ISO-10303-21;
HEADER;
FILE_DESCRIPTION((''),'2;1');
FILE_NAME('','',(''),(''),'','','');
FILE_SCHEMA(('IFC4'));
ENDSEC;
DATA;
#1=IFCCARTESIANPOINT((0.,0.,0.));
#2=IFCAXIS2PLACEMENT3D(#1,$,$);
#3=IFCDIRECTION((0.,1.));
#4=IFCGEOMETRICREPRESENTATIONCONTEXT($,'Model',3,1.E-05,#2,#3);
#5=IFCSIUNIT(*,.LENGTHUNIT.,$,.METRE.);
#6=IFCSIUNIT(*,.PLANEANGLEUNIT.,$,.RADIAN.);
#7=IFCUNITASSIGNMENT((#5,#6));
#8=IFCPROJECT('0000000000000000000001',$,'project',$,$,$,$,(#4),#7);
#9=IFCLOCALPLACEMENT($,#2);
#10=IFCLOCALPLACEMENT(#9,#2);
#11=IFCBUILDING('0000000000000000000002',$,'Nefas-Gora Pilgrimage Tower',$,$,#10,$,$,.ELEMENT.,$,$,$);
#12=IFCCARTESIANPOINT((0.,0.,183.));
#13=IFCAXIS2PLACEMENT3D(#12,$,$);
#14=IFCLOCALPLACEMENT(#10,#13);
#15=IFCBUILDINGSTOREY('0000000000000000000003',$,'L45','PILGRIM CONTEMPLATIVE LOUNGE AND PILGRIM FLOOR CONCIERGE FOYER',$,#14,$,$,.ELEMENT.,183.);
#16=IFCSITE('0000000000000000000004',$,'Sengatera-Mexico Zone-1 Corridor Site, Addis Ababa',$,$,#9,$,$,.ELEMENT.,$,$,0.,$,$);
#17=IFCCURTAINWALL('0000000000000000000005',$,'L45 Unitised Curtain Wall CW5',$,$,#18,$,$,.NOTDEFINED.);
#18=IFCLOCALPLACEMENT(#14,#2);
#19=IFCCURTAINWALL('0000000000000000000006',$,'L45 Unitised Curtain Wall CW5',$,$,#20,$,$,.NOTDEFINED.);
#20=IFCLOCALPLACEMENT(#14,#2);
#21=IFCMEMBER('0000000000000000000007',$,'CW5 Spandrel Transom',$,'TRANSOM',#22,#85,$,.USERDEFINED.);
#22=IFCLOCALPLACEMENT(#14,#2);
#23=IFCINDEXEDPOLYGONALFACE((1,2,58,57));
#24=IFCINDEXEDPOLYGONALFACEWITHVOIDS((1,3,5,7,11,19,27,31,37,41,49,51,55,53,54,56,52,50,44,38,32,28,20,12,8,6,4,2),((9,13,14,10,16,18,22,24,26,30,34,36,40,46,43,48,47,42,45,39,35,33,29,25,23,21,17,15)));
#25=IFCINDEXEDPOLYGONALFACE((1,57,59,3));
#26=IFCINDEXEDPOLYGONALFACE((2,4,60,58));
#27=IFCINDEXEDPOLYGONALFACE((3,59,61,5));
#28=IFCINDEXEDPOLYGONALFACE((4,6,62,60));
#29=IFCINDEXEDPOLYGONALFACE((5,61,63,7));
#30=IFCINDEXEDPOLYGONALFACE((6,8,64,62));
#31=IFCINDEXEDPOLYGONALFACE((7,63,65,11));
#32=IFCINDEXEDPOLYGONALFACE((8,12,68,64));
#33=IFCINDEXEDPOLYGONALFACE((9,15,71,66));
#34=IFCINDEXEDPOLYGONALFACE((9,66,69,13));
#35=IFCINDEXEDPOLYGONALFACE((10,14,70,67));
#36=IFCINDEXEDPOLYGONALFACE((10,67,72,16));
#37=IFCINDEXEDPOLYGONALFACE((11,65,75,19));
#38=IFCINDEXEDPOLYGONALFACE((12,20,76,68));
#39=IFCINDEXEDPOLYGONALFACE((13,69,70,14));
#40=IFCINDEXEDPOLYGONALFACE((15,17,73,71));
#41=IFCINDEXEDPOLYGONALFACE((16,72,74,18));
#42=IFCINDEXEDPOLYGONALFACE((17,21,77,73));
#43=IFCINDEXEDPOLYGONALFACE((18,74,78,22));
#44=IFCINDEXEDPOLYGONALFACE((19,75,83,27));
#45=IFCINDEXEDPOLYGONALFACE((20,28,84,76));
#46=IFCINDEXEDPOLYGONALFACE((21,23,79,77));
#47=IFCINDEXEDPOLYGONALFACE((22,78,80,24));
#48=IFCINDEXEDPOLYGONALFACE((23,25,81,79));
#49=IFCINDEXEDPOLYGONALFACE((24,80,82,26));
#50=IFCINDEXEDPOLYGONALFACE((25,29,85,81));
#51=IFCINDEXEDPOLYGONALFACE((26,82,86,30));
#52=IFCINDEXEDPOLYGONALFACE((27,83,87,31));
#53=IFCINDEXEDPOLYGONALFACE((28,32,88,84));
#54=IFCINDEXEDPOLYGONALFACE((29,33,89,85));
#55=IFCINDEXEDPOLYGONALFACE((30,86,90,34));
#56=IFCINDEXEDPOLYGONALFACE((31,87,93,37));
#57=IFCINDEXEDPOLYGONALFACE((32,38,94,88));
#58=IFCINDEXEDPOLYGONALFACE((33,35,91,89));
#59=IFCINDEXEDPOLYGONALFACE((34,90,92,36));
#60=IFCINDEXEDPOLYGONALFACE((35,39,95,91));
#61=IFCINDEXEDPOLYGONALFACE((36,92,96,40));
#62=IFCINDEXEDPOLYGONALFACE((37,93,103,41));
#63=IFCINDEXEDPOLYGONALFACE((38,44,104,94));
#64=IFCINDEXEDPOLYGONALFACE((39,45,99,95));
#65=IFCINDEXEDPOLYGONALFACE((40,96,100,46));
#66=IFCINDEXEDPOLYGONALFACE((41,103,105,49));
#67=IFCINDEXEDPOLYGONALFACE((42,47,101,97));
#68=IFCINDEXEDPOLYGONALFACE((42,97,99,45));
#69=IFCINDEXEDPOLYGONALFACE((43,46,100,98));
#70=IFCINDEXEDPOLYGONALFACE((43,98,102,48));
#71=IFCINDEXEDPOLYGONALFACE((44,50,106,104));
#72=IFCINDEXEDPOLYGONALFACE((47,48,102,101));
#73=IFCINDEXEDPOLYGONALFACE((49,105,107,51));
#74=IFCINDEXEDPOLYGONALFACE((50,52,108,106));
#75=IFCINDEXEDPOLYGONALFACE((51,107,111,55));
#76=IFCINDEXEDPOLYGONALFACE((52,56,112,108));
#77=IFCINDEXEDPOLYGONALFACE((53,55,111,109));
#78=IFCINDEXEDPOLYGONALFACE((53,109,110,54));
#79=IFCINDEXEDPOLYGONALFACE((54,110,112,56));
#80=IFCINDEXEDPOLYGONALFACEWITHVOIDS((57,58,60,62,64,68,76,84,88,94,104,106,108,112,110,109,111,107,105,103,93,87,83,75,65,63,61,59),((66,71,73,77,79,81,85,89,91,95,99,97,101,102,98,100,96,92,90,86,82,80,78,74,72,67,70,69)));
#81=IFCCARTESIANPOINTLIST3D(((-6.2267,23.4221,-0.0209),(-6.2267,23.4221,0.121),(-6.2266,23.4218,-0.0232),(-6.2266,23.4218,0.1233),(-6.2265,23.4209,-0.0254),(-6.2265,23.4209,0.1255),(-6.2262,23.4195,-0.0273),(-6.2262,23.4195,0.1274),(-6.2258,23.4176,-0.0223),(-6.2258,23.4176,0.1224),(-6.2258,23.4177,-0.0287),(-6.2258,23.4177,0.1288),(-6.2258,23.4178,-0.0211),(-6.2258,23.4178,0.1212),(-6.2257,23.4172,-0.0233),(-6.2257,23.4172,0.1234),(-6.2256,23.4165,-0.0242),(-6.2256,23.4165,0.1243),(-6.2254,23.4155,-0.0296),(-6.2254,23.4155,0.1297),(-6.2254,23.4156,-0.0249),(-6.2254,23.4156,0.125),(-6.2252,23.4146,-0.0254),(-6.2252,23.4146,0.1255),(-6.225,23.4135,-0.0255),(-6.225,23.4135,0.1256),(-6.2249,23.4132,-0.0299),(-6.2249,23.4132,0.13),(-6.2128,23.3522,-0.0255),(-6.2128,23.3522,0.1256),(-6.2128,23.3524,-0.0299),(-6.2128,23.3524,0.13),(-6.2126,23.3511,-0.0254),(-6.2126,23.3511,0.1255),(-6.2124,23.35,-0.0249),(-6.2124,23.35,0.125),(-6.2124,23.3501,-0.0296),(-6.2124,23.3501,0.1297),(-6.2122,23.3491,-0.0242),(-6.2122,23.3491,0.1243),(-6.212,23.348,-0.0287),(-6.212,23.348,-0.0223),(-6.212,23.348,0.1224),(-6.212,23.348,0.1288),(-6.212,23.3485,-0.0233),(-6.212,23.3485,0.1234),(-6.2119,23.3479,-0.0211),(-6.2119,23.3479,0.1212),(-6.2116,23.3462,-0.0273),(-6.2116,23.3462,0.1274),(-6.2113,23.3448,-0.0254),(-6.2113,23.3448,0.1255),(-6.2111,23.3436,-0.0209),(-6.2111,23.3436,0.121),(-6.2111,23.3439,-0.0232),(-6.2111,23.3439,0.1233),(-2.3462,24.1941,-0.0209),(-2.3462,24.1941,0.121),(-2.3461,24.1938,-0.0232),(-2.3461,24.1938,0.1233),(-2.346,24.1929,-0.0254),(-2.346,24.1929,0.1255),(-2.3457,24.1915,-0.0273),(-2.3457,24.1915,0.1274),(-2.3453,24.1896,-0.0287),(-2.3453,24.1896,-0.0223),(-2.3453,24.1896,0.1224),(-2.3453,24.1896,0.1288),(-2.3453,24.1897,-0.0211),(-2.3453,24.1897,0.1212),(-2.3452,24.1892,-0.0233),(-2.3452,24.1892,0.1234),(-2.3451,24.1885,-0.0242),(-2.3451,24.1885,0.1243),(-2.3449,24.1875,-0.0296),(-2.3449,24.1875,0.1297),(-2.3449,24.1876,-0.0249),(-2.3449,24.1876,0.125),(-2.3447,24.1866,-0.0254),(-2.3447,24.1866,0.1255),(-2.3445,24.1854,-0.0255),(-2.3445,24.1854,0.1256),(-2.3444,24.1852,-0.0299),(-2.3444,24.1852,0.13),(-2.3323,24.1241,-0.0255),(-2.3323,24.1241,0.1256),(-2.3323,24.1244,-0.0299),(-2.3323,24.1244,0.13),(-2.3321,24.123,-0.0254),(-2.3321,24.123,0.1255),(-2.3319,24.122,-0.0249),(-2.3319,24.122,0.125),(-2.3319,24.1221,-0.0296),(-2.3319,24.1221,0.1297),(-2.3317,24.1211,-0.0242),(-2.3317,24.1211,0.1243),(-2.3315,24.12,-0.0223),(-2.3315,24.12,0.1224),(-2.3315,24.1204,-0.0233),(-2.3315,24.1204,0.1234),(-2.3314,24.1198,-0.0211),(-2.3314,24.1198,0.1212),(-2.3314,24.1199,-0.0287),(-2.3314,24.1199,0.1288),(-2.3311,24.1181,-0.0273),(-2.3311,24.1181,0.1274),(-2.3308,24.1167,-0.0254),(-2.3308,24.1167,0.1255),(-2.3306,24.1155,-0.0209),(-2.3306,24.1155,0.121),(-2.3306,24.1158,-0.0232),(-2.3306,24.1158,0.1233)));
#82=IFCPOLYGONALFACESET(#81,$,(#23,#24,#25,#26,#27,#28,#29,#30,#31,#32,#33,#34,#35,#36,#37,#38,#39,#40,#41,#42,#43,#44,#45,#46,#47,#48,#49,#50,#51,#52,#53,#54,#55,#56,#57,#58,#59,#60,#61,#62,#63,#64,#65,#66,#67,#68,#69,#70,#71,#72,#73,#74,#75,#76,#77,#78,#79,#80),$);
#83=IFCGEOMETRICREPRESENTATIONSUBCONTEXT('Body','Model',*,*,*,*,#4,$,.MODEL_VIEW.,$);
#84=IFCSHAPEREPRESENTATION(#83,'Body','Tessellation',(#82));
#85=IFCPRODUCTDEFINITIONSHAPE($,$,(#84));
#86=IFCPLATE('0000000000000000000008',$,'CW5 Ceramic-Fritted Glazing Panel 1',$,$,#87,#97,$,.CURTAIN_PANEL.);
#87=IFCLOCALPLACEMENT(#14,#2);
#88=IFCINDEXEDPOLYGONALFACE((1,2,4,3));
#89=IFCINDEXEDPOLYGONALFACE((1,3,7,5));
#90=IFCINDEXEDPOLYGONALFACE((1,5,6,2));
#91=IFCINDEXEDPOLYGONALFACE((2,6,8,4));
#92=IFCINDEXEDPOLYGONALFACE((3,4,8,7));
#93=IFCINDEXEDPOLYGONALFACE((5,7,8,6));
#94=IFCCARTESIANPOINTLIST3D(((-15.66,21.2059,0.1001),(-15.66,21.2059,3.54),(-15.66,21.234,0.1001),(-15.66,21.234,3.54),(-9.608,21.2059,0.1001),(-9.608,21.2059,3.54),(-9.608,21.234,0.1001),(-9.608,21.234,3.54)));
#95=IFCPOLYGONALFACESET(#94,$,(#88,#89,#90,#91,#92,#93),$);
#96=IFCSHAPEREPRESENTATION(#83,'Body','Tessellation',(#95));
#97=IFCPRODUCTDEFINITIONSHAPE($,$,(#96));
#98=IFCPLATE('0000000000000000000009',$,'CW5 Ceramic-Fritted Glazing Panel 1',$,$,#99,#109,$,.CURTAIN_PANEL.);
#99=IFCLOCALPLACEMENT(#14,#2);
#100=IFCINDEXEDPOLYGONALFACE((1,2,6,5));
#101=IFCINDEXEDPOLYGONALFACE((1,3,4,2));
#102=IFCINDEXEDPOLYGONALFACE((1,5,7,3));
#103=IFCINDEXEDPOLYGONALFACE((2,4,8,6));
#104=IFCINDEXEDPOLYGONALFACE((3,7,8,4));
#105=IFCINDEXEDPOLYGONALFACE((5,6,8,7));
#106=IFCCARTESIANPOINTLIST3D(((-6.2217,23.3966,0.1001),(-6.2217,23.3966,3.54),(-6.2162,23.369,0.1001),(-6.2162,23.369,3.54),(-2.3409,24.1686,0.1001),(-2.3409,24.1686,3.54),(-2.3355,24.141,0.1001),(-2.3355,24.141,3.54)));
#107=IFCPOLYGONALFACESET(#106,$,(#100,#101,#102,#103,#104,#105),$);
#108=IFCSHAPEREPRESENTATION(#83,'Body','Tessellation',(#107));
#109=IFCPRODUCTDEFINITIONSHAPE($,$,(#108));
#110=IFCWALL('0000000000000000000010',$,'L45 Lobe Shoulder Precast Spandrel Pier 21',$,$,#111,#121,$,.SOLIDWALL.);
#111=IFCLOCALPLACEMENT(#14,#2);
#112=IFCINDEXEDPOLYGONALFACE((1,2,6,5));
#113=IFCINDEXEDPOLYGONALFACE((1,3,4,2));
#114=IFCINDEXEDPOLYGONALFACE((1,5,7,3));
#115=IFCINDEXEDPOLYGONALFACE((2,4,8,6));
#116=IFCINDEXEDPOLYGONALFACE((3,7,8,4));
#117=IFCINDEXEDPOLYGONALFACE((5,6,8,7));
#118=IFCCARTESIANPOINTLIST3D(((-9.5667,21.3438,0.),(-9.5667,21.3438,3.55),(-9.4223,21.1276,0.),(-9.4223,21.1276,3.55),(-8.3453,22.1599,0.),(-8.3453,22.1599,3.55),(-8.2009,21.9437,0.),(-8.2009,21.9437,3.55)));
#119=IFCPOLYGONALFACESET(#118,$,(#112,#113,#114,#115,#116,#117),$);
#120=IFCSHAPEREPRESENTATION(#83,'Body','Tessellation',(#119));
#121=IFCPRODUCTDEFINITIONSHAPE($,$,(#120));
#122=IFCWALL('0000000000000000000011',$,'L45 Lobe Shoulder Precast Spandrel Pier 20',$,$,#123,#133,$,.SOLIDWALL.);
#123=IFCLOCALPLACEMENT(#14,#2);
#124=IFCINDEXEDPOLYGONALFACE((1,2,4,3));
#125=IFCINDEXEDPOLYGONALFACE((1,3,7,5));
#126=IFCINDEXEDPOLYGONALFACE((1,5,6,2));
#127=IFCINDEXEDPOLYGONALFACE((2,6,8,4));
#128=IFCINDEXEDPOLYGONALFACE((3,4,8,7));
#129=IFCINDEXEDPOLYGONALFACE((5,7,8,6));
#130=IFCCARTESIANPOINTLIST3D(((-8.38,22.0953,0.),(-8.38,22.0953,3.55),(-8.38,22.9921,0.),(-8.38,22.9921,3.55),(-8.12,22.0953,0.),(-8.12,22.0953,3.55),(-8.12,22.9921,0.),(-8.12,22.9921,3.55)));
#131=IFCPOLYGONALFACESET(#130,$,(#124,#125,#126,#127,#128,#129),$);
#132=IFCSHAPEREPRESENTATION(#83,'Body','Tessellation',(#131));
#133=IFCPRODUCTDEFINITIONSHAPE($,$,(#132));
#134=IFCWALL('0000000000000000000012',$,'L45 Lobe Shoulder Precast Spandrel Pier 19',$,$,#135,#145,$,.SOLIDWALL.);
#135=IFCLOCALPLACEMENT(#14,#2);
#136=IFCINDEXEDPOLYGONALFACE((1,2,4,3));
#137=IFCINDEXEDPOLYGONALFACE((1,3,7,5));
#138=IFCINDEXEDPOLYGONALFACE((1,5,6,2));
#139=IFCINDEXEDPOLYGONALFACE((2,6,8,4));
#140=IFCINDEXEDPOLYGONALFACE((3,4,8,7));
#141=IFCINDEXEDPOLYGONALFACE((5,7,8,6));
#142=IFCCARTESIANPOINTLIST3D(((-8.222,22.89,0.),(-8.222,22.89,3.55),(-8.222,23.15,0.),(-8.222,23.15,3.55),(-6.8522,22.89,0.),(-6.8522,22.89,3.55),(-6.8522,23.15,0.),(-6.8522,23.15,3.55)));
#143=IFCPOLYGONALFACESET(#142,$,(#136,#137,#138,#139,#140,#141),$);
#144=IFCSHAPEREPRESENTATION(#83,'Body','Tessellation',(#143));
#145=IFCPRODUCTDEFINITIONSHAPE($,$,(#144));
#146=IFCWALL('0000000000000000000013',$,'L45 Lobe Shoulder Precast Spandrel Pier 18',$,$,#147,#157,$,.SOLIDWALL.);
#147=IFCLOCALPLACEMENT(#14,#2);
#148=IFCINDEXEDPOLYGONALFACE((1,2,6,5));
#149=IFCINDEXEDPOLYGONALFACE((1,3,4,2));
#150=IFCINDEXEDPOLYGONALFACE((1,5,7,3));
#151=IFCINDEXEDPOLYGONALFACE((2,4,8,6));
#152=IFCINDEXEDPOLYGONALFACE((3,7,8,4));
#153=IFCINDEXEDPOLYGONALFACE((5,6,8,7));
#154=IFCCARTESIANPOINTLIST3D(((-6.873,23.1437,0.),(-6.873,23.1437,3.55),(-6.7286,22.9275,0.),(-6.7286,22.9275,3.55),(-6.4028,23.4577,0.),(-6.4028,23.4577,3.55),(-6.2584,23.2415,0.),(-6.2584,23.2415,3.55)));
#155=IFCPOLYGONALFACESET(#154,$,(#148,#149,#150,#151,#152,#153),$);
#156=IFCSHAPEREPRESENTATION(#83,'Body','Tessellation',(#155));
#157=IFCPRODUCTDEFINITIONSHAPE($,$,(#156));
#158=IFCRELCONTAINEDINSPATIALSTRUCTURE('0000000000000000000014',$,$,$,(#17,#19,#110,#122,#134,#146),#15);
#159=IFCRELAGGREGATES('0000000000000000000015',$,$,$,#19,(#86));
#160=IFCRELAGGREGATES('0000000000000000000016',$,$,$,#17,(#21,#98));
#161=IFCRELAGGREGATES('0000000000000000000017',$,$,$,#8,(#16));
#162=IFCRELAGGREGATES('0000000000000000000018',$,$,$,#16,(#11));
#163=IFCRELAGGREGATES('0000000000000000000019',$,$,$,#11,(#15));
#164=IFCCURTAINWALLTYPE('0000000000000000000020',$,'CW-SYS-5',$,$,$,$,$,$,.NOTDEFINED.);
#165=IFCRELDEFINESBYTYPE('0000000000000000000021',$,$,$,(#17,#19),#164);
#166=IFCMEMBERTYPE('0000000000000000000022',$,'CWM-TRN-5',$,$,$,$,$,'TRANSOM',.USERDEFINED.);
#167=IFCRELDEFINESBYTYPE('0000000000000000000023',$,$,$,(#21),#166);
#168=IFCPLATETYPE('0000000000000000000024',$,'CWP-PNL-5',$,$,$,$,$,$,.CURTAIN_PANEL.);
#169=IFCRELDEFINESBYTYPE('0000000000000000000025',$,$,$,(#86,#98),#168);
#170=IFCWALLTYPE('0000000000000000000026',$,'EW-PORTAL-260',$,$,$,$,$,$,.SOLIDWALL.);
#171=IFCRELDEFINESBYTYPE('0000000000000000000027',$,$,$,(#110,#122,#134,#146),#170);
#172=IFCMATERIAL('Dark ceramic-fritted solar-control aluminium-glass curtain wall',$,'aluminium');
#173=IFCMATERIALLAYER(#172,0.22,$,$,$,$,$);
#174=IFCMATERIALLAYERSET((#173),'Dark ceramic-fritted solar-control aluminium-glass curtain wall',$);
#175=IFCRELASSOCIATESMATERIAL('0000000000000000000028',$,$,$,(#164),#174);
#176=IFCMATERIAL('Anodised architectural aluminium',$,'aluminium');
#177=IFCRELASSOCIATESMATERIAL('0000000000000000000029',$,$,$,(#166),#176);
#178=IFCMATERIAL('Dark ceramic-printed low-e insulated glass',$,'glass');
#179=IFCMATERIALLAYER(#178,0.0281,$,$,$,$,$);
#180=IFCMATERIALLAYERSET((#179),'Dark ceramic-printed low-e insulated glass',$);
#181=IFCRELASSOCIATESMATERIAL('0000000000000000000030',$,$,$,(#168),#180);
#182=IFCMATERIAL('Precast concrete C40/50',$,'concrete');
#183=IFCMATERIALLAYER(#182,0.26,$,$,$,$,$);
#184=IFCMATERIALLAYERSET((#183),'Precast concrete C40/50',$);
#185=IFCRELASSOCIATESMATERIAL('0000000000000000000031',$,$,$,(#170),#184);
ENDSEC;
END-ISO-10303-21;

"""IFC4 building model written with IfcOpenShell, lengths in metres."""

from ifc_helpers import new_model, si_unit, direction, frame, frame_2d, origin, origin_2d, place, context, subcontext, project, spatial, rectangle, hollow_rectangle, extrude, source, transform, mapped, material, layer, layer_set, material_profile, profile_set, type_object, element, aggregate, save


model = new_model("IFC4")

# Units and contexts
model_context = context("Model", 3, precision=1e-05, world=origin(), true_north=direction((0.0, 1.0)))
body_context = subcontext(model_context, "Body", "Model", "MODEL_VIEW")
ifc_project = project(units=[si_unit("LENGTHUNIT", "METRE"), si_unit("PLANEANGLEUNIT", "RADIAN")], contexts=[model_context])

# Site, building, storey
site_placement = place(None, origin())
site = spatial("IfcSite", under=ifc_project, at=site_placement, Name="Sengatera-Mexico Zone-1 Corridor Site, Addis Ababa", CompositionType="ELEMENT", RefElevation=0.0)
building_placement = place(site_placement, origin())
building = spatial("IfcBuilding", under=site, at=building_placement, Name="Nefas-Gora Pilgrimage Tower", CompositionType="ELEMENT")
storey_placement = place(building_placement, frame((0.0, 0.0, 183.0)))
storey = spatial("IfcBuildingStorey", under=building, at=storey_placement, Name="L45", Description="PILGRIM CONTEMPLATIVE LOUNGE AND PILGRIM FLOOR CONCIERGE FOYER", CompositionType="ELEMENT", Elevation=183.0)

# Shared definitions
ifc_material_1 = material(Name="Dark ceramic-fritted solar-control aluminium-glass curtain wall", Category="aluminium")
ifc_layer_1 = layer(ifc_material_1, 0.22)
ifc_layer_set_1 = layer_set([ifc_layer_1], Name="Dark ceramic-fritted solar-control aluminium-glass curtain wall")
curtain_wall_type = type_object("IfcCurtainWallType", Name="CW-SYS-5", PredefinedType="NOTDEFINED", material=ifc_layer_set_1)
ifc_material_2 = material(Name="Anodised architectural aluminium", Category="aluminium")

# Curtain walls
curtain_wall_1_placement = place(storey_placement, origin())
curtain_wall_1 = element("IfcCurtainWall", 1, at=curtain_wall_1_placement, inside=storey, type_object=curtain_wall_type, Name="L45 Unitised Curtain Wall CW5", PredefinedType="NOTDEFINED")
curtain_wall_2_placement = place(storey_placement, origin())
curtain_wall_2 = element("IfcCurtainWall", 2, at=curtain_wall_2_placement, inside=storey, type_object=curtain_wall_type, Name="L45 Unitised Curtain Wall CW5", PredefinedType="NOTDEFINED")
ifc_material_profile_1 = material_profile(ifc_material_2, hollow_rectangle(XDim=0.0801, YDim=0.1599, WallThickness=0.0044, InnerFilletRadius=0.0044, OuterFilletRadius=0.009, at=origin_2d()), Name="ALU TRANSOM 80x160")
ifc_profile_set_1 = profile_set([ifc_material_profile_1], Name="Anodised architectural aluminium")
member_type_1 = type_object("IfcMemberType", Name="CWM-TRN-5", ElementType="TRANSOM", PredefinedType="USERDEFINED", material=ifc_profile_set_1)

# Member
shared_shape_1 = source(origin(), body_context, "Body", "SweptSolid", [
    extrude(hollow_rectangle(XDim=0.0801, YDim=0.1599, WallThickness=0.0044, InnerFilletRadius=0.0044, OuterFilletRadius=0.009, at=origin_2d()), origin(), (0.0, 0.0, 1.0), 3.9565),
])
member_1_placement = place(storey_placement, frame((-2.3384, 24.1548, 0.05), z_axis=(-0.980782, -0.195107, 0.0), x_axis=(0.195107, -0.980782, 0.0)))
member_1 = element("IfcMember", 3, at=member_1_placement, type_object=member_type_1, Name="CW5 Spandrel Transom", ObjectType="TRANSOM", PredefinedType="USERDEFINED", context=body_context, shape_type="MappedRepresentation", body=[
    mapped(shared_shape_1, transform((0.0, 0.0, 0.0), x_axis=(1.0, 0.0, 0.0), y_axis=(0.0, 1.0, 0.0), z_axis=(0.0, 0.0, 1.0), scale=1.0)),
])

# Plates
ifc_material_3 = material(Name="Dark ceramic-printed low-e insulated glass", Category="glass")
ifc_layer_2 = layer(ifc_material_3, 0.0281)
ifc_layer_set_2 = layer_set([ifc_layer_2], Name="Dark ceramic-printed low-e insulated glass")
plate_type = type_object("IfcPlateType", Name="CWP-PNL-5", PredefinedType="CURTAIN_PANEL", material=ifc_layer_set_2)
shared_shape_2 = source(origin(), body_context, "Body", "SweptSolid", [
    extrude(rectangle(XDim=6.052, YDim=0.0281, at=origin_2d()), origin(), (0.0, 0.0, 1.0), 3.4399),
])
plate_1_placement = place(storey_placement, frame((-12.634, 21.22, 0.1001), z_axis=(0.0, 0.0, 1.0), x_axis=(-1.0, 0.0, 0.0)))
plate_1 = element("IfcPlate", 4, at=plate_1_placement, type_object=plate_type, Name="CW5 Ceramic-Fritted Glazing Panel 1", PredefinedType="CURTAIN_PANEL", context=body_context, shape_type="MappedRepresentation", body=[
    mapped(shared_shape_2, transform((0.0, 0.0, 0.0), x_axis=(1.0, 0.0, 0.0), y_axis=(0.0, 1.0, 0.0), z_axis=(0.0, 0.0, 1.0), scale=1.0)),
])
aggregate(curtain_wall_2, [plate_1])
shared_shape_3 = source(origin(), body_context, "Body", "SweptSolid", [
    extrude(rectangle(XDim=3.9568, YDim=0.0281, at=origin_2d()), origin(), (0.0, 0.0, 1.0), 3.4399),
])
plate_2_placement = place(storey_placement, frame((-4.2786, 23.7688, 0.1001), z_axis=(0.0, 0.0, 1.0), x_axis=(-0.980783, -0.195102, 0.0)))
plate_2 = element("IfcPlate", 5, at=plate_2_placement, type_object=plate_type, Name="CW5 Ceramic-Fritted Glazing Panel 1", PredefinedType="CURTAIN_PANEL", context=body_context, shape_type="MappedRepresentation", body=[
    mapped(shared_shape_3, transform((0.0, 0.0, 0.0), x_axis=(1.0, 0.0, 0.0), y_axis=(0.0, 1.0, 0.0), z_axis=(0.0, 0.0, 1.0), scale=1.0)),
])
aggregate(curtain_wall_1, [member_1, plate_2])

# Walls
ifc_material_4 = material(Name="Precast concrete C40/50", Category="concrete")
ifc_layer_3 = layer(ifc_material_4, 0.26)
ifc_layer_set_3 = layer_set([ifc_layer_3], Name="Precast concrete C40/50")
wall_type_1 = type_object("IfcWallType", Name="EW-PORTAL-260", PredefinedType="SOLIDWALL", material=ifc_layer_set_3)
shared_shape_4 = source(origin(), body_context, "Body", "SweptSolid", [
    extrude(rectangle(XDim=1.469, YDim=0.26, at=frame_2d((0.7344, 0.0))), origin(), (0.0, 0.0, 1.0), 3.55),
])
wall_1_placement = place(storey_placement, frame((-8.2732, 22.0518, 0.0), z_axis=(0.0, 0.0, 1.0), x_axis=(-0.831462, -0.555582, 0.0)))
element("IfcWall", 6, at=wall_1_placement, inside=storey, type_object=wall_type_1, Name="L45 Lobe Shoulder Precast Spandrel Pier 21", PredefinedType="SOLIDWALL", context=body_context, shape_type="MappedRepresentation", body=[
    mapped(shared_shape_4, transform((0.0, 0.0, 0.0), x_axis=(1.0, 0.0, 0.0), y_axis=(0.0, 1.0, 0.0), z_axis=(0.0, 0.0, 1.0), scale=1.0)),
])
shared_shape_5 = source(origin(), body_context, "Body", "SweptSolid", [
    extrude(rectangle(XDim=0.8967, YDim=0.26, at=frame_2d((0.4482, 0.0))), origin(), (0.0, 0.0, 1.0), 3.55),
])
wall_2_placement = place(storey_placement, frame((-8.25, 22.9919, 0.0), z_axis=(0.0, 0.0, 1.0), x_axis=(0.0, -1.0, 0.0)))
element("IfcWall", 7, at=wall_2_placement, inside=storey, type_object=wall_type_1, Name="L45 Lobe Shoulder Precast Spandrel Pier 20", PredefinedType="SOLIDWALL", context=body_context, shape_type="MappedRepresentation", body=[
    mapped(shared_shape_5, transform((0.0, 0.0, 0.0), x_axis=(1.0, 0.0, 0.0), y_axis=(0.0, 1.0, 0.0), z_axis=(0.0, 0.0, 1.0), scale=1.0)),
])
shared_shape_6 = source(origin(), body_context, "Body", "SweptSolid", [
    extrude(rectangle(XDim=1.3699, YDim=0.26, at=frame_2d((0.6851, 0.0))), origin(), (0.0, 0.0, 1.0), 3.55),
])
wall_3_placement = place(storey_placement, frame((-6.8521, 23.02, 0.0), z_axis=(0.0, 0.0, 1.0), x_axis=(-1.0, 0.0, 0.0)))
element("IfcWall", 8, at=wall_3_placement, inside=storey, type_object=wall_type_1, Name="L45 Lobe Shoulder Precast Spandrel Pier 19", PredefinedType="SOLIDWALL", context=body_context, shape_type="MappedRepresentation", body=[
    mapped(shared_shape_6, transform((0.0, 0.0, 0.0), x_axis=(1.0, 0.0, 0.0), y_axis=(0.0, 1.0, 0.0), z_axis=(0.0, 0.0, 1.0), scale=1.0)),
])
shared_shape_7 = source(origin(), body_context, "Body", "SweptSolid", [
    extrude(rectangle(XDim=0.5654, YDim=0.26, at=frame_2d((0.2827, 0.0))), origin(), (0.0, 0.0, 1.0), 3.55),
])
wall_4_placement = place(storey_placement, frame((-6.3306, 23.3496, 0.0), z_axis=(0.0, 0.0, 1.0), x_axis=(-0.831651, -0.555298, 0.0)))
element("IfcWall", 9, at=wall_4_placement, inside=storey, type_object=wall_type_1, Name="L45 Lobe Shoulder Precast Spandrel Pier 18", PredefinedType="SOLIDWALL", context=body_context, shape_type="MappedRepresentation", body=[
    mapped(shared_shape_7, transform((0.0, 0.0, 0.0), x_axis=(1.0, 0.0, 0.0), y_axis=(0.0, 1.0, 0.0), z_axis=(0.0, 0.0, 1.0), scale=1.0)),
])

save(model, "model.ifc")
